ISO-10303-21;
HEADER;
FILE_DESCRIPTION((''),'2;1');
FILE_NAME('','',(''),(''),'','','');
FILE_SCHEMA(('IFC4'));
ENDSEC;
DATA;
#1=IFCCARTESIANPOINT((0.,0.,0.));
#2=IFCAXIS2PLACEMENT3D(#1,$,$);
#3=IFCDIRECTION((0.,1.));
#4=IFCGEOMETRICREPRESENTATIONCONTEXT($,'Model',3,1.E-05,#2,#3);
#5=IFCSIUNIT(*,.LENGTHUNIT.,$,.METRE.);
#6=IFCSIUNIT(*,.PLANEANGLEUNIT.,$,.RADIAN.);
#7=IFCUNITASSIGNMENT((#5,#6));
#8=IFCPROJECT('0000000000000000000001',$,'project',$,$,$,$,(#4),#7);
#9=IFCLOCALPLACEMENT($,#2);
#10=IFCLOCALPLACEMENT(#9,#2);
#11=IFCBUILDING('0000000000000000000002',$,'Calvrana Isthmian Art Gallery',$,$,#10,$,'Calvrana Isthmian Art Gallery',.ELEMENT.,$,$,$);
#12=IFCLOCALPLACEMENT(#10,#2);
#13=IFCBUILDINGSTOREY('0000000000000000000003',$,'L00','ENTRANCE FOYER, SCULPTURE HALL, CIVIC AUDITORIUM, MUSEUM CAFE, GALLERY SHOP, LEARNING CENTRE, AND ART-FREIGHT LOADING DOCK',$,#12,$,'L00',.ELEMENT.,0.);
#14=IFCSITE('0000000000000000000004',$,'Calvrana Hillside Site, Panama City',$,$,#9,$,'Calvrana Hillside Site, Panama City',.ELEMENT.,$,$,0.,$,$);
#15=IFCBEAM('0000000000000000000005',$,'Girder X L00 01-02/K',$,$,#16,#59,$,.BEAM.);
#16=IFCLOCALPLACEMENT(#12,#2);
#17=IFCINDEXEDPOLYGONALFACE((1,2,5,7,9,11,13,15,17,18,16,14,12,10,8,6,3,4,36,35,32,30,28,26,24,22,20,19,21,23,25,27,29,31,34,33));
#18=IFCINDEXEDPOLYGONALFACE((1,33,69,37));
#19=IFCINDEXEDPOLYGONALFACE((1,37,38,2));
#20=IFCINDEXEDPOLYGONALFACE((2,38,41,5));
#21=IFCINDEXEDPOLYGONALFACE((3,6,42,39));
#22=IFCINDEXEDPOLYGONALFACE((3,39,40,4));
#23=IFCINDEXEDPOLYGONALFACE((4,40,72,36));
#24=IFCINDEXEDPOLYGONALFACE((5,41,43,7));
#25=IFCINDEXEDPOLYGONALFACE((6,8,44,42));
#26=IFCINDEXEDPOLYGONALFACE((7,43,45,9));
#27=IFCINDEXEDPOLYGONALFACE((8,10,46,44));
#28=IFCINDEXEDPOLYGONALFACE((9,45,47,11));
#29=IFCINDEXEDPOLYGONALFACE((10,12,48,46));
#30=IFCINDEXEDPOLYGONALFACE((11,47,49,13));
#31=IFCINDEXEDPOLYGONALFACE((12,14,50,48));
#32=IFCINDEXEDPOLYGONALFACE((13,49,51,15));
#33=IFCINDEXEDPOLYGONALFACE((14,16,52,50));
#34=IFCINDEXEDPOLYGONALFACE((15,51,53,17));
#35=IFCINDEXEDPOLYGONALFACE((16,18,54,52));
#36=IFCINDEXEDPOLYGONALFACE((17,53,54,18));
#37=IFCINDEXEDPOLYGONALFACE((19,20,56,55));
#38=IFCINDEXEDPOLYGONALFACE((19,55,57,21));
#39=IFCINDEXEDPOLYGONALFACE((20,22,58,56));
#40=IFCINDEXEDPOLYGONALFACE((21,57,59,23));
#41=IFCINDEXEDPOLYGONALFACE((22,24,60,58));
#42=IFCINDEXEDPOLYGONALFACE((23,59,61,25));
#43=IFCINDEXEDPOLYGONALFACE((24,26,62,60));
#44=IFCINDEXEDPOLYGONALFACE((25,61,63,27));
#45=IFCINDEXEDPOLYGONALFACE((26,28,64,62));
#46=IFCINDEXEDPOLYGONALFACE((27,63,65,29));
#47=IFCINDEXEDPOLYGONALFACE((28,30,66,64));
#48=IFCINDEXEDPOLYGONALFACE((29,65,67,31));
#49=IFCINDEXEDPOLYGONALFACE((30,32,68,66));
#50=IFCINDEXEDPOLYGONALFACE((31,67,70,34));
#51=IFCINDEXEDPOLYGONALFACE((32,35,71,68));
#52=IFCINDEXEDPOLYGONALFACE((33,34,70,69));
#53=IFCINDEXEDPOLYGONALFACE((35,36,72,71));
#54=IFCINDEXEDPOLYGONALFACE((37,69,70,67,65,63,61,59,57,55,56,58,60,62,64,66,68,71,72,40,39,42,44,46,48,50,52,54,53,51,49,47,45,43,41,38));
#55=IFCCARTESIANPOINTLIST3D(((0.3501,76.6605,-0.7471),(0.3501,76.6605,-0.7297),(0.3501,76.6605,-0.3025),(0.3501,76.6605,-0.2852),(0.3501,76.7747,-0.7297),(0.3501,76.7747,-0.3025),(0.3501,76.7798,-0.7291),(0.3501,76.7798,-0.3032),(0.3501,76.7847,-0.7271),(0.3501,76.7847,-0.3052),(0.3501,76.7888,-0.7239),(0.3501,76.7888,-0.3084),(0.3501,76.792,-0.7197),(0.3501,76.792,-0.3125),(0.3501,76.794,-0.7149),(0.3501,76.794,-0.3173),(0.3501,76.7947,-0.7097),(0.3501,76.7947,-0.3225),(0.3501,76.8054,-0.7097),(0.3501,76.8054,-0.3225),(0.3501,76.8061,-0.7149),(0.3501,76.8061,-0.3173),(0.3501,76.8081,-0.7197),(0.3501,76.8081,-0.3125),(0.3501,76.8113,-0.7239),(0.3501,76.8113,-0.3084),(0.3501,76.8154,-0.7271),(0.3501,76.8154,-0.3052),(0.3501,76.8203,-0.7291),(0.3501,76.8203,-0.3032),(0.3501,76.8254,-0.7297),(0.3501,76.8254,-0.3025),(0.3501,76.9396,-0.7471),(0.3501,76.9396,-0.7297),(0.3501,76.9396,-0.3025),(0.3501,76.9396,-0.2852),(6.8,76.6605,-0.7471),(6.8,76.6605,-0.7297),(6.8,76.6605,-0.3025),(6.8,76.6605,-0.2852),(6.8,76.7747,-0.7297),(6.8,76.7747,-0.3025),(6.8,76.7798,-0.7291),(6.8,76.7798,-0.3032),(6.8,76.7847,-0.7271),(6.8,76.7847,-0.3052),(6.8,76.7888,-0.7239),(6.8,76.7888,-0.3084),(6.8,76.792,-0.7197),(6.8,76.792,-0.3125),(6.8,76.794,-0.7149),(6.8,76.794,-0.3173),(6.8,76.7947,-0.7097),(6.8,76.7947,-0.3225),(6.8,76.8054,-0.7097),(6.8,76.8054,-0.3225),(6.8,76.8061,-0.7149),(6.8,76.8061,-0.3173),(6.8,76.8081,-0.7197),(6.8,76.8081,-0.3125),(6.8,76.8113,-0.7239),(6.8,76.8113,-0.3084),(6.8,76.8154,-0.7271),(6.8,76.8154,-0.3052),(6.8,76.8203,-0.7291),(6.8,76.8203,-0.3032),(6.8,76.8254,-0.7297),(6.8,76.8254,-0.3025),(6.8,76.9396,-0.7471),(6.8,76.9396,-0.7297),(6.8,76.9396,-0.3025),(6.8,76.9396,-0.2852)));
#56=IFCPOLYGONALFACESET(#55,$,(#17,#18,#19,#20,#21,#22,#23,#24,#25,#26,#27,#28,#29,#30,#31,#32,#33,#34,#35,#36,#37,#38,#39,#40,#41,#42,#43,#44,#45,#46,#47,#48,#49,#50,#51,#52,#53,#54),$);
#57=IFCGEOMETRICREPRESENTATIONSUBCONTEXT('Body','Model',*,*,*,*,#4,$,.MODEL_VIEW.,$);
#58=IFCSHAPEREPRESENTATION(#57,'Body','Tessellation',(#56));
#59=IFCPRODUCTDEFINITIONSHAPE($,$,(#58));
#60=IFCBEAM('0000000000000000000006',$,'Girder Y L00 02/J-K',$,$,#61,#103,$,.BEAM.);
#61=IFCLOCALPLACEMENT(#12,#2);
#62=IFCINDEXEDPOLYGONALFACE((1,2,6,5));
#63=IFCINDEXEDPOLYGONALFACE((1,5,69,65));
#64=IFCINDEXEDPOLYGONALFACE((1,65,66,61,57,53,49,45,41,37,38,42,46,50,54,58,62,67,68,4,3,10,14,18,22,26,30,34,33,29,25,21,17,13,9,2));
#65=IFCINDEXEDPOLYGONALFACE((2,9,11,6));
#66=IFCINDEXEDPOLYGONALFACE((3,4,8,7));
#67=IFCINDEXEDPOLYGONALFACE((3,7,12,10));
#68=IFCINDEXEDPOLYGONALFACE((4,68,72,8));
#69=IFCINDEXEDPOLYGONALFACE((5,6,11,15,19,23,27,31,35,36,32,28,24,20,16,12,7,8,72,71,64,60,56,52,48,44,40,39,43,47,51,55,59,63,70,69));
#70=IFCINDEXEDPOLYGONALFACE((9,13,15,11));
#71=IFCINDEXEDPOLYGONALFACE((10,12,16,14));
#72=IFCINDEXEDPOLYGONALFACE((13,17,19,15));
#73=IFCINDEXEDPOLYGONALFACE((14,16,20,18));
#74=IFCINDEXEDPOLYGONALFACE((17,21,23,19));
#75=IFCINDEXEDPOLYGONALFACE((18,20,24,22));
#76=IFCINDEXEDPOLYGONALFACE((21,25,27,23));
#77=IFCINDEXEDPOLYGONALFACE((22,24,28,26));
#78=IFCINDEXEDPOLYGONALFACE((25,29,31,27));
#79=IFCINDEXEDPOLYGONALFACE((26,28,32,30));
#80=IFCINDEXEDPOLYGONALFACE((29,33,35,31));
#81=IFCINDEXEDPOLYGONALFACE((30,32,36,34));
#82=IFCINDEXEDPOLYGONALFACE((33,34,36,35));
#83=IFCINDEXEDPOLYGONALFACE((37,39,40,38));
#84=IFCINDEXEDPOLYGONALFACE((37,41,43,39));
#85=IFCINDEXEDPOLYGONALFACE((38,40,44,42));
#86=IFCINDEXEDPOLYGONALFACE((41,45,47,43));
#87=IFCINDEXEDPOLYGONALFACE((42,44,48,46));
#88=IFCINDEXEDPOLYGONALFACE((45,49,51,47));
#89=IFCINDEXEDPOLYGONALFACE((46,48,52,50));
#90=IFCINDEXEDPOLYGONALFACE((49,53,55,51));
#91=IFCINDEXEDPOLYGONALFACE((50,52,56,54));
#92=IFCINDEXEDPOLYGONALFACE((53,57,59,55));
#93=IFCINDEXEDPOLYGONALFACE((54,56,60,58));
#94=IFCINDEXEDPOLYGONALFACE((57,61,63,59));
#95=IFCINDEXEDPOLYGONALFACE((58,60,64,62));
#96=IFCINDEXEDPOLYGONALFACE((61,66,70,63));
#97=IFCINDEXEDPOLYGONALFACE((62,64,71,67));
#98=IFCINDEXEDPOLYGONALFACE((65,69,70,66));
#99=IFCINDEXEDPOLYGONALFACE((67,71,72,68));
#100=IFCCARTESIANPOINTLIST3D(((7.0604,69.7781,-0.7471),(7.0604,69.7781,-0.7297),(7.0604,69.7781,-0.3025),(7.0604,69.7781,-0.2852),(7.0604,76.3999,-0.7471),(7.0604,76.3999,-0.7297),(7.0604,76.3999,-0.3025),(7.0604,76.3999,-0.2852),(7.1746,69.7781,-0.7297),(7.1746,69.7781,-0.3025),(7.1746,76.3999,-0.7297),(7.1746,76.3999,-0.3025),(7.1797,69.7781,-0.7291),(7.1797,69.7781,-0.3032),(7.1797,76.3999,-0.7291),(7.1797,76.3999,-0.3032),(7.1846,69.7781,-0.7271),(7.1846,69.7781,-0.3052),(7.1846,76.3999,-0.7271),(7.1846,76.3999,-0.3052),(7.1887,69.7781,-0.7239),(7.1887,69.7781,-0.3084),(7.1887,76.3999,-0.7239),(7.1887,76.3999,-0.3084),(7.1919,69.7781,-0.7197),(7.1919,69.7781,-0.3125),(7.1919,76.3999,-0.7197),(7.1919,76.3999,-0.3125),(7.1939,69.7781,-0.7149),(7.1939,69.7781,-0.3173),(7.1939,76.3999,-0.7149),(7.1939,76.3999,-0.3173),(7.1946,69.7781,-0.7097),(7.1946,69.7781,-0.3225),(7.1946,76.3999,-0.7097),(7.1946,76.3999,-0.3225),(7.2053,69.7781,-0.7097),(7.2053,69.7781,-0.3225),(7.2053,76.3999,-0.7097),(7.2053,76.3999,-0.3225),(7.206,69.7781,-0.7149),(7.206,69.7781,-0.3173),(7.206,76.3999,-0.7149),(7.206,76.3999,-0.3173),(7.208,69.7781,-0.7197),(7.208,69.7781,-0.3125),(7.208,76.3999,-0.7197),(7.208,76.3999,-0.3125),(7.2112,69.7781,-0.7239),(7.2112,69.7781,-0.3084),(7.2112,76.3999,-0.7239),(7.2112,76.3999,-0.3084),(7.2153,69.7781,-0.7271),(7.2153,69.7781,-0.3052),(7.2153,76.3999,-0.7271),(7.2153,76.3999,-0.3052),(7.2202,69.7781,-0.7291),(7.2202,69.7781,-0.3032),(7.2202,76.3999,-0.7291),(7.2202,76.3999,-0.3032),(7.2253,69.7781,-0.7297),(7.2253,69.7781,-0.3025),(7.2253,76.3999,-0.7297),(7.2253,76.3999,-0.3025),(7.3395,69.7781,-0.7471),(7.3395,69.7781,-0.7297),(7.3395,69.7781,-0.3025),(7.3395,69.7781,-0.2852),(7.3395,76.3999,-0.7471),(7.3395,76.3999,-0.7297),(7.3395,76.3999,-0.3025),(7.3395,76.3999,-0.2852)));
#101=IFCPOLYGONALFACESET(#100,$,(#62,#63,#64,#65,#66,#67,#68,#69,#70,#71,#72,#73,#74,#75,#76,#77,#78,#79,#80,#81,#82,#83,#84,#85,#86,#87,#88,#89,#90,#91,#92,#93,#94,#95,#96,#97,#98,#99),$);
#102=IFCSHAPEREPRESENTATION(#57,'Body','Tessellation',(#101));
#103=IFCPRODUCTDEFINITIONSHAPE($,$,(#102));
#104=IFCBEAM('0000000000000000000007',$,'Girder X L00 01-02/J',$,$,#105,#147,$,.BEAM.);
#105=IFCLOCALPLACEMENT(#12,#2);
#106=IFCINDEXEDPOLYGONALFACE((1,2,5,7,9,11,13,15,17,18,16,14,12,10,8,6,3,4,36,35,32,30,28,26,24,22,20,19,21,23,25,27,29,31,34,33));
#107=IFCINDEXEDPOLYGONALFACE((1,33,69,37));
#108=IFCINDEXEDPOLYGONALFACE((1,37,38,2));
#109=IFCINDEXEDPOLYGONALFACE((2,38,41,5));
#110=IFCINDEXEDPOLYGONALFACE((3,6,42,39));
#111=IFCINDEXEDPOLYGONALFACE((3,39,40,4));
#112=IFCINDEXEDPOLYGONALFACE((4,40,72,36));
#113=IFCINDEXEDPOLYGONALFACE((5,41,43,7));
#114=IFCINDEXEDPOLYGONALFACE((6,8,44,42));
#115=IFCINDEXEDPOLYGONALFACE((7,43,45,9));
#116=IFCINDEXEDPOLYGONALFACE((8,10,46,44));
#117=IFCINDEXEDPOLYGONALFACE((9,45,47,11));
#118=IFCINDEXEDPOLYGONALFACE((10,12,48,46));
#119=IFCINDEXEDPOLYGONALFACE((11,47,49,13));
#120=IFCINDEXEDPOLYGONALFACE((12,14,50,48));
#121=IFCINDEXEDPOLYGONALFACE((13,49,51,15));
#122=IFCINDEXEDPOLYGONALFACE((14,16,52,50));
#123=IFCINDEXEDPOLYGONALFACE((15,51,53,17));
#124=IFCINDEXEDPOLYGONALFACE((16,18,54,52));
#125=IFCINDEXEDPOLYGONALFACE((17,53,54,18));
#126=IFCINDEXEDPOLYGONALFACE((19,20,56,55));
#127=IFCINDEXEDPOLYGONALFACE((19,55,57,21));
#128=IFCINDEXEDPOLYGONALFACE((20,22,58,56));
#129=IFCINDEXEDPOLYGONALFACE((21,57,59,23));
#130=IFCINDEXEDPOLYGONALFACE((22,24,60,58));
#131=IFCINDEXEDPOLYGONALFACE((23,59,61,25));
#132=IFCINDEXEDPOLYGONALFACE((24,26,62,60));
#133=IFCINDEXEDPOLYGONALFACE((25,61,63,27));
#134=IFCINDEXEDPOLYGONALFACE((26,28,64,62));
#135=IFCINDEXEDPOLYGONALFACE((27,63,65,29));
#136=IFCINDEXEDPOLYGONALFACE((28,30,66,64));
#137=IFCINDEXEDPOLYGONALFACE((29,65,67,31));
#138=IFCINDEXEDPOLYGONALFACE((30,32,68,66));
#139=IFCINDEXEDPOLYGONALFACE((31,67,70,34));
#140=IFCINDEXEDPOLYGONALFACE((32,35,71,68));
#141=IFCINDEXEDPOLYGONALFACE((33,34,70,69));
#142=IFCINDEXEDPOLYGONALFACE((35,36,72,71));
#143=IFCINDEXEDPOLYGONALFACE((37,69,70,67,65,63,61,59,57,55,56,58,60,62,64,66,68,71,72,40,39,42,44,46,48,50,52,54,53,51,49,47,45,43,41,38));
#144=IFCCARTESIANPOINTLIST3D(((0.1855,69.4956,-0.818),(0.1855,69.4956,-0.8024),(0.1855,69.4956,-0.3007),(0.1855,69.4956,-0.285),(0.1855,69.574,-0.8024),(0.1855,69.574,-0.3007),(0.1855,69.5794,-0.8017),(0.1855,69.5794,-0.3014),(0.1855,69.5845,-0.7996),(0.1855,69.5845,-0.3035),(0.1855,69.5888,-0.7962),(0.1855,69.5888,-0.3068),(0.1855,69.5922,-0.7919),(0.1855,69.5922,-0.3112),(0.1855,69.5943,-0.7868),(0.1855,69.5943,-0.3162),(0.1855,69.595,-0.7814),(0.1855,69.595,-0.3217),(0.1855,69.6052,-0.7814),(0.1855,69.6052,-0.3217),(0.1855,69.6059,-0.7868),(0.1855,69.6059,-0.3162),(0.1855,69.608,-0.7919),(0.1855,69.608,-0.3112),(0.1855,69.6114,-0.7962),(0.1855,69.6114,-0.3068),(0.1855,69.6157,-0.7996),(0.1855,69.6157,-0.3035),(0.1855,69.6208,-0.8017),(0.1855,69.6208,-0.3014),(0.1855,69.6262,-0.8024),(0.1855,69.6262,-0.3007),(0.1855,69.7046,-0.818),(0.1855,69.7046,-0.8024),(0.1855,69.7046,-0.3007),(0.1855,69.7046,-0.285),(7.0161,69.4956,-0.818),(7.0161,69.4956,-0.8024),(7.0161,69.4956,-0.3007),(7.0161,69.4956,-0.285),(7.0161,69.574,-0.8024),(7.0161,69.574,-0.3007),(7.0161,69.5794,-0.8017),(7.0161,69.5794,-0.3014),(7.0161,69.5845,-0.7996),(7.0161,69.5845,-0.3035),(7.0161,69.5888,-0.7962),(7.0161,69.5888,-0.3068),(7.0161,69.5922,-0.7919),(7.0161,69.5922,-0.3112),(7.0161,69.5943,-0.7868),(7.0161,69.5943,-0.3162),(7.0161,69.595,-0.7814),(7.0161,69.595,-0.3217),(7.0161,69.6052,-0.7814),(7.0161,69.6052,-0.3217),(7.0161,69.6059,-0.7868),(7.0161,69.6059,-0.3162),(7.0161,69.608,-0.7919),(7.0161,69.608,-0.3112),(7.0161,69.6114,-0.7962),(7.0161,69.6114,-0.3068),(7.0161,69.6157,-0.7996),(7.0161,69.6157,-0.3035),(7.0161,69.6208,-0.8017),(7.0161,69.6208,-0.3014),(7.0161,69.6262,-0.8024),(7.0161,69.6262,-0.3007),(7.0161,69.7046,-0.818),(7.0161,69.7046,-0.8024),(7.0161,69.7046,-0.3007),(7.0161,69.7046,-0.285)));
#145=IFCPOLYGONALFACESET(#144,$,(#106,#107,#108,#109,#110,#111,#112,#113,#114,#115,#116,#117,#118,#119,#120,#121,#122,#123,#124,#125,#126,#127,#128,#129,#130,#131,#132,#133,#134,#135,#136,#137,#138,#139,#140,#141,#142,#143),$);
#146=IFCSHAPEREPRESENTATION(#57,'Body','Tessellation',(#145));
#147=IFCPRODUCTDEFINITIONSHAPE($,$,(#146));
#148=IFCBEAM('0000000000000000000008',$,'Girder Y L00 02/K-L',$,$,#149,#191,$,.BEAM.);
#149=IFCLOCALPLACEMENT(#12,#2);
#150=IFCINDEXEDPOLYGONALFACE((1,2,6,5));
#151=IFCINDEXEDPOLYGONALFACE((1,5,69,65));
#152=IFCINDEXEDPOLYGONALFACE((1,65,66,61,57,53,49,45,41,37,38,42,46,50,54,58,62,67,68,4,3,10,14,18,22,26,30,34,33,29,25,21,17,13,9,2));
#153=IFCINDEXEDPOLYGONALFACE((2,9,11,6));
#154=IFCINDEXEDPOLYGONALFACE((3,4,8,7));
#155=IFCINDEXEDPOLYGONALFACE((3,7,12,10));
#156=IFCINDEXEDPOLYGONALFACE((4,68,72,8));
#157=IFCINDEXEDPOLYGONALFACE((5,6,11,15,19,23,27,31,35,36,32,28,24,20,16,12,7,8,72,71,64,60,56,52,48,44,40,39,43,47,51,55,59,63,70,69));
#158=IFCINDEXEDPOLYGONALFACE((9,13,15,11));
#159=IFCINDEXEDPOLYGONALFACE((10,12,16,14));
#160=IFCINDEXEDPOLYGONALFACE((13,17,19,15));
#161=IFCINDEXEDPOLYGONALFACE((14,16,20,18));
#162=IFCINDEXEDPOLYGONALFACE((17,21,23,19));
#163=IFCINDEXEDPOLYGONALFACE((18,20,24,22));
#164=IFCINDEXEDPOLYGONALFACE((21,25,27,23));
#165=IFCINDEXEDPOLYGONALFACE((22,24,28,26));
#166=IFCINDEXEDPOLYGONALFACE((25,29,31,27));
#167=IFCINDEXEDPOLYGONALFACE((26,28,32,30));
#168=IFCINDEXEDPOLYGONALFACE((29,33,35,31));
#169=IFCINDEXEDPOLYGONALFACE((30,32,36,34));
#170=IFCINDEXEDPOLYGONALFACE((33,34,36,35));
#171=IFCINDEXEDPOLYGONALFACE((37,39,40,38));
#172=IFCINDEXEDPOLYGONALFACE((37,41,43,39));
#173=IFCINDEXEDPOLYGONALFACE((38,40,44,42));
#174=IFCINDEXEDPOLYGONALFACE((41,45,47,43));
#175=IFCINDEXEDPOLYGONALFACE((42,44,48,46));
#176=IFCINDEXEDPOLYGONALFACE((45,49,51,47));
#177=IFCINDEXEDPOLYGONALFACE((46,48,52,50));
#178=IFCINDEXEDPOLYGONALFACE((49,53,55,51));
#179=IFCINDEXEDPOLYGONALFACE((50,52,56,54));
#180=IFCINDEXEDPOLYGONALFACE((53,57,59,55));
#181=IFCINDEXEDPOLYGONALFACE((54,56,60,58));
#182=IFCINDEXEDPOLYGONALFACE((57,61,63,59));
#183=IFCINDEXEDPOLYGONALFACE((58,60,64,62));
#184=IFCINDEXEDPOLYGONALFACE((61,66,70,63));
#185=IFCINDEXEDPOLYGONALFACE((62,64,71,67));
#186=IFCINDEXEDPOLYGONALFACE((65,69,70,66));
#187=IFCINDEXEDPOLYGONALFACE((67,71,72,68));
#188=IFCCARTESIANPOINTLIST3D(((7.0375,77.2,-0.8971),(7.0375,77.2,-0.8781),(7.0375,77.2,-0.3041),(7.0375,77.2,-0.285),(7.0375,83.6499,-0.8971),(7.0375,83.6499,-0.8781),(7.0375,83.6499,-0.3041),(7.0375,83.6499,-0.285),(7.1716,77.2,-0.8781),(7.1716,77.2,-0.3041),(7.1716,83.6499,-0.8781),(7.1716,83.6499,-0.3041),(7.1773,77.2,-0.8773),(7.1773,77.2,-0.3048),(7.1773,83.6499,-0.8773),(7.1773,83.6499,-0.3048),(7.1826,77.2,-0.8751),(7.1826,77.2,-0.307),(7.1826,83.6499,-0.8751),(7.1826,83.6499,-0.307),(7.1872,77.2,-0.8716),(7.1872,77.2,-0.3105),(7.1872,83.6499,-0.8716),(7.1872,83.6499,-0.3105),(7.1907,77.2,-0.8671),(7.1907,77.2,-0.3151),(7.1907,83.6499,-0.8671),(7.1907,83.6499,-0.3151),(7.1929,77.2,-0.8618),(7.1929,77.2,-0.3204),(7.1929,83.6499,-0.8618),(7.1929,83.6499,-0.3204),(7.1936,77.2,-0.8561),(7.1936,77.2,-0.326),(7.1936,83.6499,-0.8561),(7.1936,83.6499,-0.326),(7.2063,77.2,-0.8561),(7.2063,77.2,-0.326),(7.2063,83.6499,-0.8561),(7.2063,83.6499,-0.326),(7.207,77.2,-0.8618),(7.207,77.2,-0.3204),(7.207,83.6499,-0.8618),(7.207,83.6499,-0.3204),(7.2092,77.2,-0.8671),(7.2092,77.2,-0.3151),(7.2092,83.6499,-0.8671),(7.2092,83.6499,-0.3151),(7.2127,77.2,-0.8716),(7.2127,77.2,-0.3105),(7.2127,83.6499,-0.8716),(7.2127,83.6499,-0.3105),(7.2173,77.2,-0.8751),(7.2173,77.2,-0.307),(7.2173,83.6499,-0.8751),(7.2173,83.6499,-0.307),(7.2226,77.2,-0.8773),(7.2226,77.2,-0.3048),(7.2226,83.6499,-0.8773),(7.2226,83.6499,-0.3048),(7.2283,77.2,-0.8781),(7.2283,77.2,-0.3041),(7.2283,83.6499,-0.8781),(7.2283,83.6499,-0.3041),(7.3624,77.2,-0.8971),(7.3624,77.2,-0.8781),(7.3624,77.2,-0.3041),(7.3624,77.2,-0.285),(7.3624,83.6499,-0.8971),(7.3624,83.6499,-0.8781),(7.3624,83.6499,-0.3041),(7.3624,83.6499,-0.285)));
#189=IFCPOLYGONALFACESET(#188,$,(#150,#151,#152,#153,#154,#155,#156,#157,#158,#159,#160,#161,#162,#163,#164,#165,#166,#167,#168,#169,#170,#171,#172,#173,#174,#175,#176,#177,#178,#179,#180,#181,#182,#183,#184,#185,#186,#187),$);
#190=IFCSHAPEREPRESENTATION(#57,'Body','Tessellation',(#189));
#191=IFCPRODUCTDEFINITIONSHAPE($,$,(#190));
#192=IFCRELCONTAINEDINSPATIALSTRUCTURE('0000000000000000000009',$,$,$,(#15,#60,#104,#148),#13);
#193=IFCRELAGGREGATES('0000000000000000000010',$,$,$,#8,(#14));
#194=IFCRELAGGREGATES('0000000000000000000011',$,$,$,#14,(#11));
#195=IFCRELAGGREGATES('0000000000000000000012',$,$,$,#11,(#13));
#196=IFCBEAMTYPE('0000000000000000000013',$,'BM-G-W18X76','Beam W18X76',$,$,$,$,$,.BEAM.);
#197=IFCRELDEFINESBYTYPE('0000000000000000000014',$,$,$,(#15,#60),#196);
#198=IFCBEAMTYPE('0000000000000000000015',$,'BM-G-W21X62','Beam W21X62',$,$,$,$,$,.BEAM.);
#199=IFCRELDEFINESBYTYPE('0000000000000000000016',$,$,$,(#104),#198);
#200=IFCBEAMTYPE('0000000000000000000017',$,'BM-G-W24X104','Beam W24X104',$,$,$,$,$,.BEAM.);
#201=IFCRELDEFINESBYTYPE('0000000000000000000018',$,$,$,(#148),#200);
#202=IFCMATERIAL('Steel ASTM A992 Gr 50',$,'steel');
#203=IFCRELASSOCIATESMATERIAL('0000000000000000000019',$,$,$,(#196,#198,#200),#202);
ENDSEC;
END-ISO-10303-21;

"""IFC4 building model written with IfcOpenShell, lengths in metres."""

from ifc_helpers import new_model, si_unit, direction, frame, origin, origin_2d, place, context, subcontext, project, spatial, i_section, extrude, material, material_profile, profile_set, type_object, element, save


model = new_model("IFC4")

# Units and contexts
model_context = context("Model", 3, precision=1e-05, world=origin(), true_north=direction((0.0, 1.0)))
body_context = subcontext(model_context, "Body", "Model", "MODEL_VIEW")
ifc_project = project(units=[si_unit("LENGTHUNIT", "METRE"), si_unit("PLANEANGLEUNIT", "RADIAN")], contexts=[model_context])

# Site, building, storey
site_placement = place(None, origin())
site = spatial("IfcSite", under=ifc_project, at=site_placement, Name="Calvrana Hillside Site, Panama City", LongName="Calvrana Hillside Site, Panama City", CompositionType="ELEMENT", RefElevation=0.0)
building_placement = place(site_placement, origin())
building = spatial("IfcBuilding", under=site, at=building_placement, Name="Calvrana Isthmian Art Gallery", LongName="Calvrana Isthmian Art Gallery", CompositionType="ELEMENT")
storey_placement = place(building_placement, origin())
storey = spatial("IfcBuildingStorey", under=building, at=storey_placement, Name="L00", Description="ENTRANCE FOYER, SCULPTURE HALL, CIVIC AUDITORIUM, MUSEUM CAFE, GALLERY SHOP, LEARNING CENTRE, AND ART-FREIGHT LOADING DOCK", LongName="L00", CompositionType="ELEMENT", Elevation=0.0)

# Beams
ifc_material_1 = material(Name="Steel ASTM A992 Gr 50", Category="steel")
ifc_material_profile_1 = material_profile(ifc_material_1, i_section(OverallWidth=0.2791, OverallDepth=0.4619, WebThickness=0.0107, FlangeThickness=0.0173, FilletRadius=0.02, at=origin_2d()), Name="W18X76")
ifc_profile_set_1 = profile_set([ifc_material_profile_1], Name="Steel ASTM A992 Gr 50")
beam_type_1 = type_object("IfcBeamType", Name="BM-G-W18X76", Description="Beam W18X76", PredefinedType="BEAM", material=ifc_profile_set_1)
beam_1_placement = place(storey_placement, frame((0.3501, 76.8, -0.5161), z_axis=(1.0, 0.0, 0.0), x_axis=(0.0, 1.0, 0.0)))
element("IfcBeam", 1, at=beam_1_placement, inside=storey, type_object=beam_type_1, Name="Girder X L00 01-02/K", PredefinedType="BEAM", context=body_context, shape_type="SweptSolid", body=[
    extrude(i_section(OverallWidth=0.2791, OverallDepth=0.4619, WebThickness=0.0107, FlangeThickness=0.0173, FilletRadius=0.02, at=origin_2d()), origin(), (0.0, 0.0, 1.0), 6.45),
])
beam_2_placement = place(storey_placement, frame((7.2, 69.7781, -0.5161), z_axis=(0.0, 1.0, 0.0), x_axis=(-1.0, 0.0, 0.0)))
element("IfcBeam", 2, at=beam_2_placement, inside=storey, type_object=beam_type_1, Name="Girder Y L00 02/J-K", PredefinedType="BEAM", context=body_context, shape_type="SweptSolid", body=[
    extrude(i_section(OverallWidth=0.2791, OverallDepth=0.4619, WebThickness=0.0107, FlangeThickness=0.0173, FilletRadius=0.02, at=origin_2d()), origin(), (0.0, 0.0, 1.0), 6.6218),
])
ifc_material_profile_2 = material_profile(ifc_material_1, i_section(OverallWidth=0.209, OverallDepth=0.533, WebThickness=0.0103, FlangeThickness=0.0156, FilletRadius=0.021, at=origin_2d()), Name="W21X62")
ifc_profile_set_2 = profile_set([ifc_material_profile_2], Name="Steel ASTM A992 Gr 50")
beam_type_2 = type_object("IfcBeamType", Name="BM-G-W21X62", Description="Beam W21X62", PredefinedType="BEAM", material=ifc_profile_set_2)
beam_3_placement = place(storey_placement, frame((0.1855, 69.6001, -0.5515), z_axis=(1.0, 0.0, 0.0), x_axis=(0.0, 1.0, 0.0)))
element("IfcBeam", 3, at=beam_3_placement, inside=storey, type_object=beam_type_2, Name="Girder X L00 01-02/J", PredefinedType="BEAM", context=body_context, shape_type="SweptSolid", body=[
    extrude(i_section(OverallWidth=0.209, OverallDepth=0.533, WebThickness=0.0103, FlangeThickness=0.0156, FilletRadius=0.021, at=origin_2d()), origin(), (0.0, 0.0, 1.0), 6.8306),
])
ifc_material_profile_3 = material_profile(ifc_material_1, i_section(OverallWidth=0.325, OverallDepth=0.6121, WebThickness=0.0127, FlangeThickness=0.019, FilletRadius=0.022, at=origin_2d()), Name="W24X104")
ifc_profile_set_3 = profile_set([ifc_material_profile_3], Name="Steel ASTM A992 Gr 50")
beam_type_3 = type_object("IfcBeamType", Name="BM-G-W24X104", Description="Beam W24X104", PredefinedType="BEAM", material=ifc_profile_set_3)
beam_4_placement = place(storey_placement, frame((7.2, 77.2, -0.5911), z_axis=(0.0, 1.0, 0.0), x_axis=(-1.0, 0.0, 0.0)))
element("IfcBeam", 4, at=beam_4_placement, inside=storey, type_object=beam_type_3, Name="Girder Y L00 02/K-L", PredefinedType="BEAM", context=body_context, shape_type="SweptSolid", body=[
    extrude(i_section(OverallWidth=0.325, OverallDepth=0.6121, WebThickness=0.0127, FlangeThickness=0.019, FilletRadius=0.022, at=origin_2d()), origin(), (0.0, 0.0, 1.0), 6.45),
])

save(model, "model.ifc")
